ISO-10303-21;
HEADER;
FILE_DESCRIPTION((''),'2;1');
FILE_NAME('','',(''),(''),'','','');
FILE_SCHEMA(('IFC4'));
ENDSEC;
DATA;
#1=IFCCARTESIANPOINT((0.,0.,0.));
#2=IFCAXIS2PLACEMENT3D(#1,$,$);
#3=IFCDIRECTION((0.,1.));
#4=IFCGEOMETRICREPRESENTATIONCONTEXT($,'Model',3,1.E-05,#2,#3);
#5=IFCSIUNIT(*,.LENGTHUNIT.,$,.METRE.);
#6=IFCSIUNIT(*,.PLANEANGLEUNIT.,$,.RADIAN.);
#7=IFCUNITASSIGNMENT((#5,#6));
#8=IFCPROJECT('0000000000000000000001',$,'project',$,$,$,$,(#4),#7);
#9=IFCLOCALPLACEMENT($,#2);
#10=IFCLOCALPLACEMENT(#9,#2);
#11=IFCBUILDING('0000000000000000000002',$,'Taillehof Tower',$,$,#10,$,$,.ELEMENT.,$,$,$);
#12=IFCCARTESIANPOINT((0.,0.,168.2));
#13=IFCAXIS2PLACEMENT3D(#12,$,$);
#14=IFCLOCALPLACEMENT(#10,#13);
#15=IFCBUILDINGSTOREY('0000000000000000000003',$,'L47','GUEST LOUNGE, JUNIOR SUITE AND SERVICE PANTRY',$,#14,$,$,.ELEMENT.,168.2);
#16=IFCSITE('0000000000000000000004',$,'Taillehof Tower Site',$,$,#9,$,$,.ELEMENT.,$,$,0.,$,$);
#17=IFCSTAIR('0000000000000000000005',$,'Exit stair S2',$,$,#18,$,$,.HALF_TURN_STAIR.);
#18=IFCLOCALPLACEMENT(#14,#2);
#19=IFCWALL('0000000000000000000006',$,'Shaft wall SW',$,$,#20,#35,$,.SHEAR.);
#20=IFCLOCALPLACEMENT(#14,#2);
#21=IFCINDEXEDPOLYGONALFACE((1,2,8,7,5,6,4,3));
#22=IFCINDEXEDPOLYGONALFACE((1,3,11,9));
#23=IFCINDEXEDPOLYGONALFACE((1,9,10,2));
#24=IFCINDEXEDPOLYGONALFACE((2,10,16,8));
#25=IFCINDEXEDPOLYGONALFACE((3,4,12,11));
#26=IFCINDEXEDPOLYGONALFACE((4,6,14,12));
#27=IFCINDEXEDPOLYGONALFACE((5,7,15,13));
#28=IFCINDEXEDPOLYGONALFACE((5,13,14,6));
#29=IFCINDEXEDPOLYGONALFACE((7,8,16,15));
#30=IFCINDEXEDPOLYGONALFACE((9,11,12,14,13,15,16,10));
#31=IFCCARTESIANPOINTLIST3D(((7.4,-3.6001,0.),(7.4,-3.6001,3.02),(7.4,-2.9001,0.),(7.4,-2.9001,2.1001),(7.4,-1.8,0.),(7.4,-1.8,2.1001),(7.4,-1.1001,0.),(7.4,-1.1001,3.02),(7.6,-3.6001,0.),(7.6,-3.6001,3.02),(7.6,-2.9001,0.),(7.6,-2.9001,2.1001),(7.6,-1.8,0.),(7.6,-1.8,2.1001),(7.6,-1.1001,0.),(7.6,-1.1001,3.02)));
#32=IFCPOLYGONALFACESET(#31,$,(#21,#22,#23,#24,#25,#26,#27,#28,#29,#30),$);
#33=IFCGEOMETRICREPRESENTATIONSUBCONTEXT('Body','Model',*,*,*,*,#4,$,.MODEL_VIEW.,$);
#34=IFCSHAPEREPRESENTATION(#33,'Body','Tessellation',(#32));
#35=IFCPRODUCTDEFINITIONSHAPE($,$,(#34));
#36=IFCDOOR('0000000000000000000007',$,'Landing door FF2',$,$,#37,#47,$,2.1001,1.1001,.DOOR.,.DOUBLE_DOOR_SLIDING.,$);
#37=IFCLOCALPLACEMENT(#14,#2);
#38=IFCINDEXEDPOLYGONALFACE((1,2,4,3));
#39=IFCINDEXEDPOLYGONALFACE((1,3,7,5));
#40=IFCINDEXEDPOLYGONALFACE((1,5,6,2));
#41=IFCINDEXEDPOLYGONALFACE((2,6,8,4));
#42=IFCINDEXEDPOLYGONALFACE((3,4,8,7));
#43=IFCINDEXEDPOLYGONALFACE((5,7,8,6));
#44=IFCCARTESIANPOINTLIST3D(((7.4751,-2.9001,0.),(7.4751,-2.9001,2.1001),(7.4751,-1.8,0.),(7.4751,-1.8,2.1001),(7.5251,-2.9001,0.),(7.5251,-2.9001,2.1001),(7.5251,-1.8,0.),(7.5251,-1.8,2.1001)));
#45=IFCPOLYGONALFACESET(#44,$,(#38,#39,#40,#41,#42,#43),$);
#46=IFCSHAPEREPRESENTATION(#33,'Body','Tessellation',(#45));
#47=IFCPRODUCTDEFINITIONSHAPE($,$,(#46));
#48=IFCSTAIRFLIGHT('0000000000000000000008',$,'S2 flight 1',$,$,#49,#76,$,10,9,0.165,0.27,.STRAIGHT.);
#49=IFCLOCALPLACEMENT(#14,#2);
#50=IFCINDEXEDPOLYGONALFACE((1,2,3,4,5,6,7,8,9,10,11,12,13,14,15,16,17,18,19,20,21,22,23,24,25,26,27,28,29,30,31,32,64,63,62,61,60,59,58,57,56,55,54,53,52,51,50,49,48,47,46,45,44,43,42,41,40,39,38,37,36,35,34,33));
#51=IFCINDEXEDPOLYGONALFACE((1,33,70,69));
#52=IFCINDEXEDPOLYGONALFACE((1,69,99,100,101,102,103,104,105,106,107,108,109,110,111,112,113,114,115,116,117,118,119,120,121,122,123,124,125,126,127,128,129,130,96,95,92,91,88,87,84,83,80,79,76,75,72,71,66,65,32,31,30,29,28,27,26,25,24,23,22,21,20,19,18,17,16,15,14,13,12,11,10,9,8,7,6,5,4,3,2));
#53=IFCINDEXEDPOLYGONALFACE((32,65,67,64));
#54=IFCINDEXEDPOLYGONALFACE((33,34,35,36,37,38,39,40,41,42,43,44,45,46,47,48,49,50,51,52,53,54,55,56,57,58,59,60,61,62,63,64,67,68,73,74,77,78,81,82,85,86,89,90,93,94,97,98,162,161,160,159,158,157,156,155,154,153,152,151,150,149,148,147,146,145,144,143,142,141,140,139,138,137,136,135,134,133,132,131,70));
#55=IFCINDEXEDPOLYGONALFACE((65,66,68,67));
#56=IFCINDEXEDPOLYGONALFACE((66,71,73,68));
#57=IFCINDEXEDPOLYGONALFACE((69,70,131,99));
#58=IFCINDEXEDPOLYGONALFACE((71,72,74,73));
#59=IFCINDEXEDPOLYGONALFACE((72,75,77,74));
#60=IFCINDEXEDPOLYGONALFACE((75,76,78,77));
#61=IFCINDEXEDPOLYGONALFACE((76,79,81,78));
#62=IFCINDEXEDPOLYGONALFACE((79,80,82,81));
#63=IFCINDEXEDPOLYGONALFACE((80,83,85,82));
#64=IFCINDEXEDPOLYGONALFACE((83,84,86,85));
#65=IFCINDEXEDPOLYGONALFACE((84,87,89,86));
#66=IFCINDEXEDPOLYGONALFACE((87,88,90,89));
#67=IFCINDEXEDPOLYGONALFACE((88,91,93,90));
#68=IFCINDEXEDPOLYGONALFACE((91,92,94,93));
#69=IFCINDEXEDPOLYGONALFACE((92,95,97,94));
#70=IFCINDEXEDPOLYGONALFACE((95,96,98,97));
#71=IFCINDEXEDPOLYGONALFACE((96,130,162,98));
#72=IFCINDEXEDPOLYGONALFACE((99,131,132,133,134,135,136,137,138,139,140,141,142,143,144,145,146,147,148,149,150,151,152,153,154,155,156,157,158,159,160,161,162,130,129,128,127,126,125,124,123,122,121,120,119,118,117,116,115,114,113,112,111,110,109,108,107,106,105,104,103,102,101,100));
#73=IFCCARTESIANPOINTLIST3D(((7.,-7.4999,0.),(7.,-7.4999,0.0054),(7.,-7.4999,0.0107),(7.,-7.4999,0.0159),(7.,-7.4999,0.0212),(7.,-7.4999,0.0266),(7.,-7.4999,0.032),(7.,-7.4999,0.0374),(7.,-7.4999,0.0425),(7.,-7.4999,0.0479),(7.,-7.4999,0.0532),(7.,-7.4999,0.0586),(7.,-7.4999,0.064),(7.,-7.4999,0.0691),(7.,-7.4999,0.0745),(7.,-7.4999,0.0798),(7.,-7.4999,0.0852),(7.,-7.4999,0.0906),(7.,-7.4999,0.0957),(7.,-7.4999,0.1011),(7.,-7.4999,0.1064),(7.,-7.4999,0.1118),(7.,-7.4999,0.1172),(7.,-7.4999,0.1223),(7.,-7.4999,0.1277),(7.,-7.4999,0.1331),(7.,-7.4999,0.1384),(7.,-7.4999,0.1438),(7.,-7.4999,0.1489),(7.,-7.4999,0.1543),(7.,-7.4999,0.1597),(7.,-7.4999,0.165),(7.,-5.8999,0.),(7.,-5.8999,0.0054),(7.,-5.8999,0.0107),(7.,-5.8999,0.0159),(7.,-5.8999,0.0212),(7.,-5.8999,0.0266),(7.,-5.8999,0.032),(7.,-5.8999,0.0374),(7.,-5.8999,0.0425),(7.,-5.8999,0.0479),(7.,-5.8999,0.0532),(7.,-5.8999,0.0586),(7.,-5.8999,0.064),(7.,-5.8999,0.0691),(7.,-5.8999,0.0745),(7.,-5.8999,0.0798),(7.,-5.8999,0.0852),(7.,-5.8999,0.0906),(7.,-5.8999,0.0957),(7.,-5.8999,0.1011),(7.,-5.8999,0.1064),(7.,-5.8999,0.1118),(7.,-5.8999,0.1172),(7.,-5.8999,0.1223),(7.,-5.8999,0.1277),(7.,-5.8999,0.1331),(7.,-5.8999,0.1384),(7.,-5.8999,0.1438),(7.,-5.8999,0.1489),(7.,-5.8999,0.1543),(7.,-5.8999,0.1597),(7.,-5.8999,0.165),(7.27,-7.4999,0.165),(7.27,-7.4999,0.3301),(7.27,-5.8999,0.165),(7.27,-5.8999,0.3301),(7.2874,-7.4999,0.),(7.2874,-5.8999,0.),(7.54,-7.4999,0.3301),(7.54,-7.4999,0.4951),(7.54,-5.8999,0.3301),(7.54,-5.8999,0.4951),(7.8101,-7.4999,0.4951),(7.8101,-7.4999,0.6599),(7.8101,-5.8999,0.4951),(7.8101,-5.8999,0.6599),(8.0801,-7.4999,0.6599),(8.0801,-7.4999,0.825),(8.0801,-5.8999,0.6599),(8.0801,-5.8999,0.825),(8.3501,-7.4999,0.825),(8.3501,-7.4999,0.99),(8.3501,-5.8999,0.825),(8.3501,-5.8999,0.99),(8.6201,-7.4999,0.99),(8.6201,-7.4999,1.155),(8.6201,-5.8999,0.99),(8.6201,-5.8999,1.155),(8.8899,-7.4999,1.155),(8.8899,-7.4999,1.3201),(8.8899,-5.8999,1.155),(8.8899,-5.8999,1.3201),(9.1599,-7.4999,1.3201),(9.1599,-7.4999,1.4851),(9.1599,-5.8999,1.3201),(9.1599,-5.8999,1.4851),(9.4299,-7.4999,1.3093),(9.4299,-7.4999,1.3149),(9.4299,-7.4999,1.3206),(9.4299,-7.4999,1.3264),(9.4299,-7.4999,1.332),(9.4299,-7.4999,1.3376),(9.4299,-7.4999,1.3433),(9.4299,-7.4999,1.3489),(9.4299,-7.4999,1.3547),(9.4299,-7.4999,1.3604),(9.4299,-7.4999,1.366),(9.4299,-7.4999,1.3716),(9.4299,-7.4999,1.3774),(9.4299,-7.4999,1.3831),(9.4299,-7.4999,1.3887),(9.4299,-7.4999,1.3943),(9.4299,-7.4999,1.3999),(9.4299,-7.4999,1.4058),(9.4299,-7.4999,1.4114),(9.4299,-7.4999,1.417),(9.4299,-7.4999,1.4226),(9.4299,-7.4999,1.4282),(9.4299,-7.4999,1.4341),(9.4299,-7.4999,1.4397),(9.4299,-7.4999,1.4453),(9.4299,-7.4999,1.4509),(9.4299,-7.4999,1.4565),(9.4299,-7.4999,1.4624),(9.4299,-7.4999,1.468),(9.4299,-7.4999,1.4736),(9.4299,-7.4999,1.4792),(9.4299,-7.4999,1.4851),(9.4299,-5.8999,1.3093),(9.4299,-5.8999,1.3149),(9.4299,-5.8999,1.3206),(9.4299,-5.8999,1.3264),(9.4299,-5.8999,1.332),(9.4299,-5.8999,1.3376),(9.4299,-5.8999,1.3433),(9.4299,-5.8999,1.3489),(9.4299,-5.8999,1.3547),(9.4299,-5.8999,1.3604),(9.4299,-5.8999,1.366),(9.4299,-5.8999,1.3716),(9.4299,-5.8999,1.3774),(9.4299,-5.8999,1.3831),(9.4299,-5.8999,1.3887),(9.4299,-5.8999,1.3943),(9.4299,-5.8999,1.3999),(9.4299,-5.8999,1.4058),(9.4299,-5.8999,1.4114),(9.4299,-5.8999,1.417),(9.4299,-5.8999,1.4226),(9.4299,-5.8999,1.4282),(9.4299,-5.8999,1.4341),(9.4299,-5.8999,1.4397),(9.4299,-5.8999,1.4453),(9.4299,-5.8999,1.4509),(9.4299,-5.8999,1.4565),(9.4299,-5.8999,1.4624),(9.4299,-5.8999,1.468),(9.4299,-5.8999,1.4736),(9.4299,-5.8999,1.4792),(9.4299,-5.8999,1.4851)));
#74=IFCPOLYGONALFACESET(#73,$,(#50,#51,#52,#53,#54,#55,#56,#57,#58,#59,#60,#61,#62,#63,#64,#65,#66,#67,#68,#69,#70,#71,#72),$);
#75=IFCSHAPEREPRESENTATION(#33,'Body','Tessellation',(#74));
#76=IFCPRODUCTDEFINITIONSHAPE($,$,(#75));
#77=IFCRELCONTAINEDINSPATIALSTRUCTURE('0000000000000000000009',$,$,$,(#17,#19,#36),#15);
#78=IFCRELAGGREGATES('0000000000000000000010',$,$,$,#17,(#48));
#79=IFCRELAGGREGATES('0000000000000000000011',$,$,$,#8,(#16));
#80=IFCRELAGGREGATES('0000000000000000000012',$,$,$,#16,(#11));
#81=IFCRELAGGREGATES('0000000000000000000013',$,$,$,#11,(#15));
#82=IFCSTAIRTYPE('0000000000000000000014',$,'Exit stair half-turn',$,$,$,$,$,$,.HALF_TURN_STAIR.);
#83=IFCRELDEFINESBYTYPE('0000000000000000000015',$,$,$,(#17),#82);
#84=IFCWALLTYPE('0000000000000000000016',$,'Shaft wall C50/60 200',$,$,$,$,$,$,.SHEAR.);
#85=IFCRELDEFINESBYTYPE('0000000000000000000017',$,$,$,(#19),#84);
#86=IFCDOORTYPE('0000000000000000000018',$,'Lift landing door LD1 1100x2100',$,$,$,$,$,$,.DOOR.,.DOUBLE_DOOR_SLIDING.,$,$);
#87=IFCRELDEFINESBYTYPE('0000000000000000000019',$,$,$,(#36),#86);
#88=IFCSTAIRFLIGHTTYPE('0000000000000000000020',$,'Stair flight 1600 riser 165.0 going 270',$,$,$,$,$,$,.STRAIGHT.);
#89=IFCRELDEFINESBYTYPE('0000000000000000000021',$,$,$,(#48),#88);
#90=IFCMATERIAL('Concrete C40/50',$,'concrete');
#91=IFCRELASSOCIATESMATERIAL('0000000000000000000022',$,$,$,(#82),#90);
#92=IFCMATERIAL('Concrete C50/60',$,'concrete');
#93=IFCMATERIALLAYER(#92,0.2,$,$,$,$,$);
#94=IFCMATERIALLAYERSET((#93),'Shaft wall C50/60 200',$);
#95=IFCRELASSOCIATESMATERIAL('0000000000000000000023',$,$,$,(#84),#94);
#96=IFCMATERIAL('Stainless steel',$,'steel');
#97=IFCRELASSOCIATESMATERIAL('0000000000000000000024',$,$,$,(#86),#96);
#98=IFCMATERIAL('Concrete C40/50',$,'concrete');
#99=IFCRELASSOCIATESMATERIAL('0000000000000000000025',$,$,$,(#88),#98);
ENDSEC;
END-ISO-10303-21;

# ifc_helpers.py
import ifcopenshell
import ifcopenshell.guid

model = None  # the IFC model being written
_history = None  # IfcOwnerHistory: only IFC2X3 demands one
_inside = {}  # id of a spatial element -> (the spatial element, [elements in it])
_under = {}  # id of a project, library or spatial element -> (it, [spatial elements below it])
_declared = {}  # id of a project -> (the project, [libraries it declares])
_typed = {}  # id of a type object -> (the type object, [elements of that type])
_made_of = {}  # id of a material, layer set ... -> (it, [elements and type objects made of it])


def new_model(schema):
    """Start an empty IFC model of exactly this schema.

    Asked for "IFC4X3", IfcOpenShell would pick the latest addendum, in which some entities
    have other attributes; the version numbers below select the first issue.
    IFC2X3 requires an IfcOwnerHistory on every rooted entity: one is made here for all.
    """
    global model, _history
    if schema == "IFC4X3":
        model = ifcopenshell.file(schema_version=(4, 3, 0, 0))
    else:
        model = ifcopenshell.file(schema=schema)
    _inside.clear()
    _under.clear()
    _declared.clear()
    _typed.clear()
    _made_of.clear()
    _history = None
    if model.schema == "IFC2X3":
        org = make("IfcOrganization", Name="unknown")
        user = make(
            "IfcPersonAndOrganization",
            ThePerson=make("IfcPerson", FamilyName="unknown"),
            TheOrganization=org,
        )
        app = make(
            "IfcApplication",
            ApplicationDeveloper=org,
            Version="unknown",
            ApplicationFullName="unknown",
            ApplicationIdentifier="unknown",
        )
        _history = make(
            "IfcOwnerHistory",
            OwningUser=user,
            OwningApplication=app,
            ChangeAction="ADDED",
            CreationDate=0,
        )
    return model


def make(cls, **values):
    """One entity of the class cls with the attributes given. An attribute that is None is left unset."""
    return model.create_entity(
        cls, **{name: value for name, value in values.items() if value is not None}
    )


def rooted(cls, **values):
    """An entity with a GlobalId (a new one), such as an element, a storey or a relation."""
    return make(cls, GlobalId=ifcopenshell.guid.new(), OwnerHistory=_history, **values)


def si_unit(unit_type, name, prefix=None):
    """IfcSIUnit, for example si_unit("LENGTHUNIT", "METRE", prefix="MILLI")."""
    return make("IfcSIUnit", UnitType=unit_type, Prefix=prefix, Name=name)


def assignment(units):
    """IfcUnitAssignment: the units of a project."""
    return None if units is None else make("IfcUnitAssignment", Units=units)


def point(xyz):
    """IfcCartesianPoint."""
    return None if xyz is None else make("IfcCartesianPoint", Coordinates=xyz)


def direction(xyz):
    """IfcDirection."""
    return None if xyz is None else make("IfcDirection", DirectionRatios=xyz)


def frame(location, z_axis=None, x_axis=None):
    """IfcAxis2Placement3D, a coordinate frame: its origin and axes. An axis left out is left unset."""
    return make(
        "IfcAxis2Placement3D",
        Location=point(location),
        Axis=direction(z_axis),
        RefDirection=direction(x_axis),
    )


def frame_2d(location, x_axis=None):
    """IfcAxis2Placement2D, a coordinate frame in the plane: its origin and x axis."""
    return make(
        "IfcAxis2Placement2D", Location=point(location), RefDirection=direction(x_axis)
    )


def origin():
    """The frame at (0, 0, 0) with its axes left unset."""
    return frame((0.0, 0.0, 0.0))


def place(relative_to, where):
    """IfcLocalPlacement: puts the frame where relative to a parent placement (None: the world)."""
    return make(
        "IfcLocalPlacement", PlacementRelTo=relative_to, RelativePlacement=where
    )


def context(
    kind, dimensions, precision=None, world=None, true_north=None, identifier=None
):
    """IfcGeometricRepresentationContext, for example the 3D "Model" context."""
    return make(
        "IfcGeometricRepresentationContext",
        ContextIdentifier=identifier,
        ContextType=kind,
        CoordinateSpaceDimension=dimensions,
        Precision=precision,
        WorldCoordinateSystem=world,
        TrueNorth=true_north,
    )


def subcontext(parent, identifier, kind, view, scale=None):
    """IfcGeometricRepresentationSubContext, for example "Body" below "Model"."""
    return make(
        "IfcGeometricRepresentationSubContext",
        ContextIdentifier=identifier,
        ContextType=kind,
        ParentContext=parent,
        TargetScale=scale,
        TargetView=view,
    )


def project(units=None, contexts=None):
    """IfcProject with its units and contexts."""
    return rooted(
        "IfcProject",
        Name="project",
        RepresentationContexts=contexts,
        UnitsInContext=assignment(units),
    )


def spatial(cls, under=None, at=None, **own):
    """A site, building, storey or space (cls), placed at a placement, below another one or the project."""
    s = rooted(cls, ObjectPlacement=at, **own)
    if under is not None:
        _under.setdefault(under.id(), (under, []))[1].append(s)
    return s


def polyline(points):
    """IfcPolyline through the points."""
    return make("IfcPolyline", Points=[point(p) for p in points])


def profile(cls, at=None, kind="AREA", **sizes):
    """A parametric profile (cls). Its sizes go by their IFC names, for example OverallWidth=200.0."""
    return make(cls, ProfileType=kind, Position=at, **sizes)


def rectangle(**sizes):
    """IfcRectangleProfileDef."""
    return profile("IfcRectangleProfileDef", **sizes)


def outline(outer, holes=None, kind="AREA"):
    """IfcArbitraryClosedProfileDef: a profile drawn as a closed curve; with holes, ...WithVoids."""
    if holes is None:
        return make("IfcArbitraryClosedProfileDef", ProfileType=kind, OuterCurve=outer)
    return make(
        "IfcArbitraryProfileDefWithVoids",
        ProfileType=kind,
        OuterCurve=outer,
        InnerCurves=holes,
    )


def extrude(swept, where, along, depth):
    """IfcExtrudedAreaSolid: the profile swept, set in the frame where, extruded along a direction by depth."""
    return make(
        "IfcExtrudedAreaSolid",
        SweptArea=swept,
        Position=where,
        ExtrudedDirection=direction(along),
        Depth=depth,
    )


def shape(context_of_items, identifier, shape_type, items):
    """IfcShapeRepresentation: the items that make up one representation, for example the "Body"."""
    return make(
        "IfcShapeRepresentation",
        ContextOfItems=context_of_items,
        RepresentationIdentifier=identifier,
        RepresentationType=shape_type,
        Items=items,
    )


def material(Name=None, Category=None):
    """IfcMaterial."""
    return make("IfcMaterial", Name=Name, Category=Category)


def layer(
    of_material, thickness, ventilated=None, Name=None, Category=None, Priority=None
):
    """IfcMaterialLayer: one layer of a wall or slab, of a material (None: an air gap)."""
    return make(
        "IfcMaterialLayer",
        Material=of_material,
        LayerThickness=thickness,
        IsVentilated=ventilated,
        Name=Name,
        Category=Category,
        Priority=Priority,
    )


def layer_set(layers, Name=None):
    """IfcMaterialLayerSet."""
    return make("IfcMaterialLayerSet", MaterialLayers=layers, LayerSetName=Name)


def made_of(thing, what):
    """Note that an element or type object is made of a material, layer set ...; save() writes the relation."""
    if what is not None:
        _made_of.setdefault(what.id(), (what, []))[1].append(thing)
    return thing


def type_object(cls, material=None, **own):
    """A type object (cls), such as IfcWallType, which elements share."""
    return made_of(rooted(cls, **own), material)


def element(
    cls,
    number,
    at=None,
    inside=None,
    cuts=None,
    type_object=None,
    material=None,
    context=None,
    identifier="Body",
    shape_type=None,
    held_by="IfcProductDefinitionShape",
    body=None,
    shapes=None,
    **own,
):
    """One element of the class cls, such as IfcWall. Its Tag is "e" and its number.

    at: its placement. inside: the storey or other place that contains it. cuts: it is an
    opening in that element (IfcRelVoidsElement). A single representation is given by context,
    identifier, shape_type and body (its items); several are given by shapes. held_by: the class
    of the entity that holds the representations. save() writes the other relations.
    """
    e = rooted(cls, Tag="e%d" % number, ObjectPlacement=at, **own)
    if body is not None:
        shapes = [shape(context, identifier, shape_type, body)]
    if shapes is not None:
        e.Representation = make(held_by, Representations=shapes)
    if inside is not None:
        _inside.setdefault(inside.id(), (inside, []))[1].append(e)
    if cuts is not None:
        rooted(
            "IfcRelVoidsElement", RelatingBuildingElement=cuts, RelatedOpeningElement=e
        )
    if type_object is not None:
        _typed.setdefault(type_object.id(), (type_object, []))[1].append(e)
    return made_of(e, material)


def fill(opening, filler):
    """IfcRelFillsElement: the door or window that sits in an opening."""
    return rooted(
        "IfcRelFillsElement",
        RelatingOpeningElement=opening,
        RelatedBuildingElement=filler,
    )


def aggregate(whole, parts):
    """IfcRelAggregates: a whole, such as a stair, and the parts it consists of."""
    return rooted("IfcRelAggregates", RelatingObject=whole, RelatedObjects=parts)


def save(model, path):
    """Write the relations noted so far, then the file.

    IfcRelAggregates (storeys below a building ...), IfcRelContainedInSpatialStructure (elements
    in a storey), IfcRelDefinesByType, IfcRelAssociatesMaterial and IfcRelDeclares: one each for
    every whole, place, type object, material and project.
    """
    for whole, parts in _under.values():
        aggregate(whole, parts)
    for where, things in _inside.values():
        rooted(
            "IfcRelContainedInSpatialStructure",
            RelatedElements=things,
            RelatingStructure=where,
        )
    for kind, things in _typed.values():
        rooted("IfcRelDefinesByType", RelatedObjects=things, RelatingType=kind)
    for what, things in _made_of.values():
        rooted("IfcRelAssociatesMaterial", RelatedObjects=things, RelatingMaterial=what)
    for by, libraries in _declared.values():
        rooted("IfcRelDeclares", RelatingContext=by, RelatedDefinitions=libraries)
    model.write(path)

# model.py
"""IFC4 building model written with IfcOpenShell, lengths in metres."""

from ifc_helpers import new_model, si_unit, direction, frame, frame_2d, origin, place, context, subcontext, project, spatial, polyline, rectangle, outline, extrude, material, layer, layer_set, type_object, element, fill, aggregate, save


model = new_model("IFC4")

# Units and contexts
model_context = context("Model", 3, precision=1e-05, world=origin(), true_north=direction((0.0, 1.0)))
body_context = subcontext(model_context, "Body", "Model", "MODEL_VIEW")
ifc_project = project(units=[si_unit("LENGTHUNIT", "METRE"), si_unit("PLANEANGLEUNIT", "RADIAN")], contexts=[model_context])

# Site, building, storey
site_placement = place(None, origin())
site = spatial("IfcSite", under=ifc_project, at=site_placement, Name="Taillehof Tower Site", CompositionType="ELEMENT", RefElevation=0.0)
building_placement = place(site_placement, origin())
building = spatial("IfcBuilding", under=site, at=building_placement, Name="Taillehof Tower", CompositionType="ELEMENT")
storey_placement = place(building_placement, frame((0.0, 0.0, 168.2)))
storey = spatial("IfcBuildingStorey", under=building, at=storey_placement, Name="L47", Description="GUEST LOUNGE, JUNIOR SUITE AND SERVICE PANTRY", CompositionType="ELEMENT", Elevation=168.2)

# Stair
ifc_material_1 = material(Name="Concrete C40/50", Category="concrete")
stair_type = type_object("IfcStairType", Name="Exit stair half-turn", PredefinedType="HALF_TURN_STAIR", material=ifc_material_1)
stair_1_placement = place(storey_placement, origin())
stair_1 = element("IfcStair", 1, at=stair_1_placement, inside=storey, type_object=stair_type, Name="Exit stair S2", PredefinedType="HALF_TURN_STAIR")

# Shared definitions
ifc_material_2 = material(Name="Concrete C50/60", Category="concrete")
ifc_layer_1 = layer(ifc_material_2, 0.2)
ifc_layer_set_1 = layer_set([ifc_layer_1], Name="Shaft wall C50/60 200")
wall_type_1 = type_object("IfcWallType", Name="Shaft wall C50/60 200", PredefinedType="SHEAR", material=ifc_layer_set_1)

# Shared definitions
ifc_material_3 = material(Name="Stainless steel", Category="steel")
door_type_1 = type_object("IfcDoorType", Name="Lift landing door LD1 1100x2100", OperationType="DOUBLE_DOOR_SLIDING", PredefinedType="DOOR", material=ifc_material_3)

# Wall, opening, door
wall_1_placement = place(storey_placement, frame((7.5, -3.6001, 0.0), z_axis=(0.0, 0.0, 1.0), x_axis=(0.0, 1.0, 0.0)))
wall_1 = element("IfcWall", 2, at=wall_1_placement, inside=storey, type_object=wall_type_1, Name="Shaft wall SW", PredefinedType="SHEAR", context=body_context, shape_type="SweptSolid", body=[
    extrude(rectangle(XDim=2.5, YDim=0.2, at=frame_2d((1.25, 0.0))), origin(), (0.0, 0.0, 1.0), 3.02),
])
opening_1_placement = place(wall_1_placement, frame((0.7, 0.0, 0.0)))
opening_1 = element("IfcOpeningElement", 3, at=opening_1_placement, cuts=wall_1, PredefinedType="OPENING", context=body_context, shape_type="SweptSolid", body=[
    extrude(rectangle(XDim=1.1001, YDim=2.1001, at=frame_2d((0.55, 1.05))), frame((0.0, 0.1099, 0.0), z_axis=(0.0, -1.0, 0.0), x_axis=(1.0, 0.0, 0.0)), (0.0, 0.0, 1.0), 0.22),
])
door_1_placement = place(opening_1_placement, origin())
door_1 = element("IfcDoor", 4, at=door_1_placement, inside=storey, type_object=door_type_1, Name="Landing door FF2", OperationType="DOUBLE_DOOR_SLIDING", OverallHeight=2.1001, OverallWidth=1.1001, PredefinedType="DOOR", context=body_context, shape_type="SweptSolid", body=[
    extrude(rectangle(XDim=1.1001, YDim=2.1001, at=frame_2d((0.55, 1.05))), frame((0.0, 0.0249, 0.0), z_axis=(0.0, -1.0, 0.0), x_axis=(1.0, 0.0, 0.0)), (0.0, 0.0, 1.0), 0.05),
])
fill(opening_1, door_1)

# Stair flight
ifc_material_4 = material(Name="Concrete C40/50", Category="concrete")
stair_flight_type = type_object("IfcStairFlightType", Name="Stair flight 1600 riser 165.0 going 270", PredefinedType="STRAIGHT", material=ifc_material_4)
stair_flight_placement = place(storey_placement, frame((7.0, -6.7, 0.0), z_axis=(0.0, 0.0, 1.0), x_axis=(1.0, 0.0, 0.0)))
stair_flight = element("IfcStairFlight", 5, at=stair_flight_placement, type_object=stair_flight_type, Name="S2 flight 1", NumberOfRisers=10, NumberOfTreads=9, PredefinedType="STRAIGHT", RiserHeight=0.165, TreadLength=0.27, context=body_context, shape_type="SweptSolid", body=[
    extrude(outline(polyline([(0.0, 0.0), (0.0, 0.0054), (0.0, 0.0107), (0.0, 0.0159), (0.0, 0.0212), (0.0, 0.0266), (0.0, 0.032), (0.0, 0.0374), (0.0, 0.0425), (0.0, 0.0479), (0.0, 0.0532), (0.0, 0.0586), (0.0, 0.064), (0.0, 0.0691), (0.0, 0.0745), (0.0, 0.0798), (0.0, 0.0852), (0.0, 0.0906), (0.0, 0.0957), (0.0, 0.1011), (0.0, 0.1064), (0.0, 0.1118), (0.0, 0.1172), (0.0, 0.1223), (0.0, 0.1277), (0.0, 0.1331), (0.0, 0.1384), (0.0, 0.1438), (0.0, 0.1489), (0.0, 0.1543), (0.0, 0.1597), (0.0, 0.165), (0.27, 0.165), (0.27, 0.3301), (0.54, 0.3301), (0.54, 0.4951), (0.8101, 0.4951), (0.8101, 0.6599), (1.0801, 0.6599), (1.0801, 0.825), (1.3501, 0.825), (1.3501, 0.99), (1.6201, 0.99), (1.6201, 1.155), (1.8899, 1.155), (1.8899, 1.3201), (2.1599, 1.3201), (2.1599, 1.4851), (2.4299, 1.4851), (2.4299, 1.4792), (2.4299, 1.4736), (2.4299, 1.468), (2.4299, 1.4624), (2.4299, 1.4565), (2.4299, 1.4509), (2.4299, 1.4453), (2.4299, 1.4397), (2.4299, 1.4341), (2.4299, 1.4282), (2.4299, 1.4226), (2.4299, 1.417), (2.4299, 1.4114), (2.4299, 1.4058), (2.4299, 1.3999), (2.4299, 1.3943), (2.4299, 1.3887), (2.4299, 1.3831), (2.4299, 1.3774), (2.4299, 1.3716), (2.4299, 1.366), (2.4299, 1.3604), (2.4299, 1.3547), (2.4299, 1.3489), (2.4299, 1.3433), (2.4299, 1.3376), (2.4299, 1.332), (2.4299, 1.3264), (2.4299, 1.3206), (2.4299, 1.3149), (2.4299, 1.3093), (0.2874, 0.0), (0.0, 0.0)])), frame((0.0, 0.8, 0.0), z_axis=(0.0, -1.0, 0.0), x_axis=(1.0, 0.0, 0.0)), (0.0, 0.0, 1.0), 1.6),
])
aggregate(stair_1, [stair_flight])

save(model, "model.ifc")
